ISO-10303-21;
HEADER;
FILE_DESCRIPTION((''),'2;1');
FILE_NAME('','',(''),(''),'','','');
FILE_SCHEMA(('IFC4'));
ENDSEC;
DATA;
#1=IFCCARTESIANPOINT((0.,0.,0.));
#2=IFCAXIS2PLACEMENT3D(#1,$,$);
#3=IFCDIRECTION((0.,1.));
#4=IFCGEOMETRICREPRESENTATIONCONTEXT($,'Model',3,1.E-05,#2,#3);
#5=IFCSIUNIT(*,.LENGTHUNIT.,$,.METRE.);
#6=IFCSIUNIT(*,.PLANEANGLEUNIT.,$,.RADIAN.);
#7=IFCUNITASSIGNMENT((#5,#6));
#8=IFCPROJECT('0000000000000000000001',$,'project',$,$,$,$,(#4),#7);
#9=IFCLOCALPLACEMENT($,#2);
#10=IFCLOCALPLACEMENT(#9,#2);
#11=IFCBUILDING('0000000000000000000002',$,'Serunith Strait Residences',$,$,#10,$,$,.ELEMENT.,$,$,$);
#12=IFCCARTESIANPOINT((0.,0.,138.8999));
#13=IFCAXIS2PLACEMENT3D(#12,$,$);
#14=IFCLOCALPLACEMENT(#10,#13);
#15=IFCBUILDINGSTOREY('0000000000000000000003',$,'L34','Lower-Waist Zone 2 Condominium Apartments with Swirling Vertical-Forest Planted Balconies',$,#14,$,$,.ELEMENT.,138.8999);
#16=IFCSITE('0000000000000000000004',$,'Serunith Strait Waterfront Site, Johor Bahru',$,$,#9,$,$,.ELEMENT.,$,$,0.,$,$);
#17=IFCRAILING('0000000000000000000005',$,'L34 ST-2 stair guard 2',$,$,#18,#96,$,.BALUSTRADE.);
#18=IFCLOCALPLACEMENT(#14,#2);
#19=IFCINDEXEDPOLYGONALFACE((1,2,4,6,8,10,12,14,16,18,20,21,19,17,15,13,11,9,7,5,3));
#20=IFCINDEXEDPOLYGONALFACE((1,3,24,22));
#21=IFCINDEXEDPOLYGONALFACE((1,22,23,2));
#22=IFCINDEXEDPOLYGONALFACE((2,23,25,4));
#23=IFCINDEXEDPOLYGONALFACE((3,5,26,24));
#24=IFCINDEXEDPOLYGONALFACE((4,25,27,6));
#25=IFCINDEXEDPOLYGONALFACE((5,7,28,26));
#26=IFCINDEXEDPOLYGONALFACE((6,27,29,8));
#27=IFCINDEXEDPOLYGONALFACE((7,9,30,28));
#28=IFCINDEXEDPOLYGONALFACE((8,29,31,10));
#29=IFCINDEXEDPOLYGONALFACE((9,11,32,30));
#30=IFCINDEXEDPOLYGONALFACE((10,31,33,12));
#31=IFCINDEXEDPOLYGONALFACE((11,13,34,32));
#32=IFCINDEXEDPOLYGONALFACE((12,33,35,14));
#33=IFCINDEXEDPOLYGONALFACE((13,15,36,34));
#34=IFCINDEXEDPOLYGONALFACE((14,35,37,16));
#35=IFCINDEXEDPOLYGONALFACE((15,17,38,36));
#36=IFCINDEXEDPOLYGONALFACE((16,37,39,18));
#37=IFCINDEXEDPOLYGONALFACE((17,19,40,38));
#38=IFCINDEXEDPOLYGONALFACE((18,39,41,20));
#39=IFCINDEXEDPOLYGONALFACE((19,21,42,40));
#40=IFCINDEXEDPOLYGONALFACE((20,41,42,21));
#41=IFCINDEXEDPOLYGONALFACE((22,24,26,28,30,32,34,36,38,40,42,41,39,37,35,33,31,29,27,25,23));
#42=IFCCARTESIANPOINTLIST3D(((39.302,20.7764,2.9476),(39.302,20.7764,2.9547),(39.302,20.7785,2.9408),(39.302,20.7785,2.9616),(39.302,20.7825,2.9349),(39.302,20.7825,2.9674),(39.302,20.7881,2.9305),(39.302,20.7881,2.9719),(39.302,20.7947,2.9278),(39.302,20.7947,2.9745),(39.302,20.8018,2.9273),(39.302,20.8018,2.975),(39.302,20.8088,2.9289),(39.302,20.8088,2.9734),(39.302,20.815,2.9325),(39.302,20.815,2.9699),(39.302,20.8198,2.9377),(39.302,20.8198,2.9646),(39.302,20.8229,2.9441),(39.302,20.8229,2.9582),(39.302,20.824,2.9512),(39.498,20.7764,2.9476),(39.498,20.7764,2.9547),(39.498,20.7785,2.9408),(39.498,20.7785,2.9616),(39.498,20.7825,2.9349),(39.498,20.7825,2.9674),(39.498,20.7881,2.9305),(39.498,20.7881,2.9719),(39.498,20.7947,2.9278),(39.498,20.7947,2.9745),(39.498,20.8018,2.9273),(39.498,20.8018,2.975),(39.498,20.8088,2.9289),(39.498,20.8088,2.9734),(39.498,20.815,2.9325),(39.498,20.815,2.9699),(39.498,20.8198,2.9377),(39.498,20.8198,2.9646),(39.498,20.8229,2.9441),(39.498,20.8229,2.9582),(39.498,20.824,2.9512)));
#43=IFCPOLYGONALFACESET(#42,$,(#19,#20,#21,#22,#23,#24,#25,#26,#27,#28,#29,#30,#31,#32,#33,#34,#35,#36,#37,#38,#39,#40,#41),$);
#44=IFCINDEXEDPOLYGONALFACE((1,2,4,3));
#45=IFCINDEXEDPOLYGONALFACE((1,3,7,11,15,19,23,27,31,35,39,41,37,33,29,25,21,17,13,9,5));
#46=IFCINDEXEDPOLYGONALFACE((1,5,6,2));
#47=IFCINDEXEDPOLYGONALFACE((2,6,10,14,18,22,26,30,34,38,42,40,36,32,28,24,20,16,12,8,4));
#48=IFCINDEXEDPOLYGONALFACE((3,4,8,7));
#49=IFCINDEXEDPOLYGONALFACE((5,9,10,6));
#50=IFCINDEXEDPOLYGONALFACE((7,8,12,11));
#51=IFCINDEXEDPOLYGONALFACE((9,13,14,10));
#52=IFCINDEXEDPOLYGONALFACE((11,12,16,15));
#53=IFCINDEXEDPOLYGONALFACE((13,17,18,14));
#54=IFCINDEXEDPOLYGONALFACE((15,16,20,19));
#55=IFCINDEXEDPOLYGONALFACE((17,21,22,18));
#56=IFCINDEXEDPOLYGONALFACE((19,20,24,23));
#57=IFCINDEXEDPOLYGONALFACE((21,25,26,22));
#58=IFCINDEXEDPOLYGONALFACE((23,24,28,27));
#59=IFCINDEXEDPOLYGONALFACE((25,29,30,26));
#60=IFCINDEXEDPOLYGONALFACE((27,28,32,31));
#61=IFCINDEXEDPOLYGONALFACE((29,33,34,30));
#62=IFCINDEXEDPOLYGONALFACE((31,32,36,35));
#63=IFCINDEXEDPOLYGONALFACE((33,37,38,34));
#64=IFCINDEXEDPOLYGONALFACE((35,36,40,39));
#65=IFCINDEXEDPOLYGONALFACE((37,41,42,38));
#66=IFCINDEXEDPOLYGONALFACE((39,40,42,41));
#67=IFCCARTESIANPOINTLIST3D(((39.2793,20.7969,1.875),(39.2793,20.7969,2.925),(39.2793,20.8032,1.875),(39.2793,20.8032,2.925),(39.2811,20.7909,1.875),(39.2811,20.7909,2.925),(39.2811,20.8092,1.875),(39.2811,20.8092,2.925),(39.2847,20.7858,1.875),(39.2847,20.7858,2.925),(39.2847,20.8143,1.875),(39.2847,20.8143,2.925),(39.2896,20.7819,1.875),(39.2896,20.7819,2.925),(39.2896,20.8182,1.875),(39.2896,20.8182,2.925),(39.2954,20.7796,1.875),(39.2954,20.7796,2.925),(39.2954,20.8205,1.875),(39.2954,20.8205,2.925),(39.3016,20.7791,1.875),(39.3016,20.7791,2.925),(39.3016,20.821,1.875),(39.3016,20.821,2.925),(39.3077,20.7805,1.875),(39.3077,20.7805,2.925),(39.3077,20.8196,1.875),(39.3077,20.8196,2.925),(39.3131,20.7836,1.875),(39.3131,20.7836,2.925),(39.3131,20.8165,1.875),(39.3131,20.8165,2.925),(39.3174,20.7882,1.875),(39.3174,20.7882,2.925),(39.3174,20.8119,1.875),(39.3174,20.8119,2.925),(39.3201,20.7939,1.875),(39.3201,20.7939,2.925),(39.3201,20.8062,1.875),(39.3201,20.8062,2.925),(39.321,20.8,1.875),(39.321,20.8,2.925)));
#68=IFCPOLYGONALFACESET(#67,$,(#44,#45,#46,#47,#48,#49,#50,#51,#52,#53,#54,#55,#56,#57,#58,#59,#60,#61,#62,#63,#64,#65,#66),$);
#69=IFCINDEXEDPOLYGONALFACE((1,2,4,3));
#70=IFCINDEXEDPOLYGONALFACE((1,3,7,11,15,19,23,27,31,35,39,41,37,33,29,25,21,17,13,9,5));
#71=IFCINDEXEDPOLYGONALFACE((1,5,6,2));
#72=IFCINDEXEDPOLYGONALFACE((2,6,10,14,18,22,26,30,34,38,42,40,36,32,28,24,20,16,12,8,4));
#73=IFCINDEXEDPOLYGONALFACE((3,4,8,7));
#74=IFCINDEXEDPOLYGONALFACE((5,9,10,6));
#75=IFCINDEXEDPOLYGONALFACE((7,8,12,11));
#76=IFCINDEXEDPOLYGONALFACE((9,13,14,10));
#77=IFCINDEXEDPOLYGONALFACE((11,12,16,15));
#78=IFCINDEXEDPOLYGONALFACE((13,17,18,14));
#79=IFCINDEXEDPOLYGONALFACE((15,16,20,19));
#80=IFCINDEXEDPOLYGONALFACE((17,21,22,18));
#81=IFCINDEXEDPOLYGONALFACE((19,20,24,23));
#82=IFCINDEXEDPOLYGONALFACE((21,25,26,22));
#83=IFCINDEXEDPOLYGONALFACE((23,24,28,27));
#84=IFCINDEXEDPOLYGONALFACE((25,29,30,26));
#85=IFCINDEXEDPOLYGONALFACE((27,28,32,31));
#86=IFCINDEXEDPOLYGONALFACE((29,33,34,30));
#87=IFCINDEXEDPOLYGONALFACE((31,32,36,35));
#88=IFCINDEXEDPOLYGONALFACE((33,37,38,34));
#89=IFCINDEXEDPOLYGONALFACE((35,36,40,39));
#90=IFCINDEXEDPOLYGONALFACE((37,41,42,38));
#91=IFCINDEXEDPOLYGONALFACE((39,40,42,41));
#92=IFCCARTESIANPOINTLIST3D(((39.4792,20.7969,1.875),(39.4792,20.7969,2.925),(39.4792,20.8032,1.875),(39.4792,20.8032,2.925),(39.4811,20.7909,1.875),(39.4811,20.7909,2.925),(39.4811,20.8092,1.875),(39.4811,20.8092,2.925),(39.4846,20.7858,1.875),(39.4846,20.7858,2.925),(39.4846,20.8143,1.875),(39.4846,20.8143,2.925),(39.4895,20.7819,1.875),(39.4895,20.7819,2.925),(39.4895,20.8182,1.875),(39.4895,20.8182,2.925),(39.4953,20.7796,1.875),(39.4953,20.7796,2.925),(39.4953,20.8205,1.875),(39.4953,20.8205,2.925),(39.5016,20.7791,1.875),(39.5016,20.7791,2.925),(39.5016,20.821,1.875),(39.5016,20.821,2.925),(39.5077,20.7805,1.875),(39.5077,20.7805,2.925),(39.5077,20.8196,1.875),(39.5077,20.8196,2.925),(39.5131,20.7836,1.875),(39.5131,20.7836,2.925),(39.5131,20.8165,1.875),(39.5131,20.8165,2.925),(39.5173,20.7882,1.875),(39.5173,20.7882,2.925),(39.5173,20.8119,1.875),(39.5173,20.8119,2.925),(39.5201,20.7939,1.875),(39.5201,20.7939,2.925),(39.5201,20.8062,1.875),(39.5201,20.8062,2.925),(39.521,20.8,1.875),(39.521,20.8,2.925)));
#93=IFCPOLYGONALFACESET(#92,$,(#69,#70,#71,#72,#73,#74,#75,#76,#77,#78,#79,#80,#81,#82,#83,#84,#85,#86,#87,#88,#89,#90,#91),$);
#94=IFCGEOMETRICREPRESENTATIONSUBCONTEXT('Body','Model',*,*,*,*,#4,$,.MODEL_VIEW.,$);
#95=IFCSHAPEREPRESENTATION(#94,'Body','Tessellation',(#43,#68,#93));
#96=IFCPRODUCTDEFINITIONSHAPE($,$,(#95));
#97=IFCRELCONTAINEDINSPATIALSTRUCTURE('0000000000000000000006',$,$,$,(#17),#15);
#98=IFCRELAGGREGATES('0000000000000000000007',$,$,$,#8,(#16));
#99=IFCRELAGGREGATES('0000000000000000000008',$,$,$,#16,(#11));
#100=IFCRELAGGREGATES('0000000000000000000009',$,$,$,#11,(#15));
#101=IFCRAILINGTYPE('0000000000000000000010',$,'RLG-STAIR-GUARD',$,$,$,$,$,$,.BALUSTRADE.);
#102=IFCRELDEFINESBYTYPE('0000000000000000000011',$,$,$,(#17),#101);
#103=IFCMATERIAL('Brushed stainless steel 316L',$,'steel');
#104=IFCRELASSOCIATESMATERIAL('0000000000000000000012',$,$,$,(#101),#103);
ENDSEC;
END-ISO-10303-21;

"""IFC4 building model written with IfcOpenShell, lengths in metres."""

from ifc_helpers import new_model, si_unit, direction, frame, origin, origin_2d, place, context, subcontext, project, spatial, circle, extrude, material, type_object, element, save


model = new_model("IFC4")

# Units and contexts
model_context = context("Model", 3, precision=1e-05, world=origin(), true_north=direction((0.0, 1.0)))
body_context = subcontext(model_context, "Body", "Model", "MODEL_VIEW")
ifc_project = project(units=[si_unit("LENGTHUNIT", "METRE"), si_unit("PLANEANGLEUNIT", "RADIAN")], contexts=[model_context])

# Site, building, storey
site_placement = place(None, origin())
site = spatial("IfcSite", under=ifc_project, at=site_placement, Name="Serunith Strait Waterfront Site, Johor Bahru", CompositionType="ELEMENT", RefElevation=0.0)
building_placement = place(site_placement, origin())
building = spatial("IfcBuilding", under=site, at=building_placement, Name="Serunith Strait Residences", CompositionType="ELEMENT")
storey_placement = place(building_placement, frame((0.0, 0.0, 138.8999)))
storey = spatial("IfcBuildingStorey", under=building, at=storey_placement, Name="L34", Description="Lower-Waist Zone 2 Condominium Apartments with Swirling Vertical-Forest Planted Balconies", CompositionType="ELEMENT", Elevation=138.8999)

# Railing
ifc_material_1 = material(Name="Brushed stainless steel 316L", Category="steel")
railing_type_1 = type_object("IfcRailingType", Name="RLG-STAIR-GUARD", PredefinedType="BALUSTRADE", material=ifc_material_1)
railing_1_placement = place(storey_placement, frame((39.3, 20.8, 1.875)))
element("IfcRailing", 1, at=railing_1_placement, inside=storey, type_object=railing_type_1, Name="L34 ST-2 stair guard 2", PredefinedType="BALUSTRADE", context=body_context, shape_type="SweptSolid", body=[
    extrude(circle(Radius=0.0239, at=origin_2d()), frame((0.002, 0.0, 1.0762), z_axis=(1.0, 0.0, 0.0), x_axis=(0.0, 1.0, 0.0)), (0.0, 0.0, 1.0), 0.196),
    extrude(circle(Radius=0.021, at=origin_2d()), origin(), (0.0, 0.0, 1.0), 1.05),
    extrude(circle(Radius=0.021, at=origin_2d()), frame((0.2, 0.0, 0.0)), (0.0, 0.0, 1.0), 1.05),
])

save(model, "model.ifc")
